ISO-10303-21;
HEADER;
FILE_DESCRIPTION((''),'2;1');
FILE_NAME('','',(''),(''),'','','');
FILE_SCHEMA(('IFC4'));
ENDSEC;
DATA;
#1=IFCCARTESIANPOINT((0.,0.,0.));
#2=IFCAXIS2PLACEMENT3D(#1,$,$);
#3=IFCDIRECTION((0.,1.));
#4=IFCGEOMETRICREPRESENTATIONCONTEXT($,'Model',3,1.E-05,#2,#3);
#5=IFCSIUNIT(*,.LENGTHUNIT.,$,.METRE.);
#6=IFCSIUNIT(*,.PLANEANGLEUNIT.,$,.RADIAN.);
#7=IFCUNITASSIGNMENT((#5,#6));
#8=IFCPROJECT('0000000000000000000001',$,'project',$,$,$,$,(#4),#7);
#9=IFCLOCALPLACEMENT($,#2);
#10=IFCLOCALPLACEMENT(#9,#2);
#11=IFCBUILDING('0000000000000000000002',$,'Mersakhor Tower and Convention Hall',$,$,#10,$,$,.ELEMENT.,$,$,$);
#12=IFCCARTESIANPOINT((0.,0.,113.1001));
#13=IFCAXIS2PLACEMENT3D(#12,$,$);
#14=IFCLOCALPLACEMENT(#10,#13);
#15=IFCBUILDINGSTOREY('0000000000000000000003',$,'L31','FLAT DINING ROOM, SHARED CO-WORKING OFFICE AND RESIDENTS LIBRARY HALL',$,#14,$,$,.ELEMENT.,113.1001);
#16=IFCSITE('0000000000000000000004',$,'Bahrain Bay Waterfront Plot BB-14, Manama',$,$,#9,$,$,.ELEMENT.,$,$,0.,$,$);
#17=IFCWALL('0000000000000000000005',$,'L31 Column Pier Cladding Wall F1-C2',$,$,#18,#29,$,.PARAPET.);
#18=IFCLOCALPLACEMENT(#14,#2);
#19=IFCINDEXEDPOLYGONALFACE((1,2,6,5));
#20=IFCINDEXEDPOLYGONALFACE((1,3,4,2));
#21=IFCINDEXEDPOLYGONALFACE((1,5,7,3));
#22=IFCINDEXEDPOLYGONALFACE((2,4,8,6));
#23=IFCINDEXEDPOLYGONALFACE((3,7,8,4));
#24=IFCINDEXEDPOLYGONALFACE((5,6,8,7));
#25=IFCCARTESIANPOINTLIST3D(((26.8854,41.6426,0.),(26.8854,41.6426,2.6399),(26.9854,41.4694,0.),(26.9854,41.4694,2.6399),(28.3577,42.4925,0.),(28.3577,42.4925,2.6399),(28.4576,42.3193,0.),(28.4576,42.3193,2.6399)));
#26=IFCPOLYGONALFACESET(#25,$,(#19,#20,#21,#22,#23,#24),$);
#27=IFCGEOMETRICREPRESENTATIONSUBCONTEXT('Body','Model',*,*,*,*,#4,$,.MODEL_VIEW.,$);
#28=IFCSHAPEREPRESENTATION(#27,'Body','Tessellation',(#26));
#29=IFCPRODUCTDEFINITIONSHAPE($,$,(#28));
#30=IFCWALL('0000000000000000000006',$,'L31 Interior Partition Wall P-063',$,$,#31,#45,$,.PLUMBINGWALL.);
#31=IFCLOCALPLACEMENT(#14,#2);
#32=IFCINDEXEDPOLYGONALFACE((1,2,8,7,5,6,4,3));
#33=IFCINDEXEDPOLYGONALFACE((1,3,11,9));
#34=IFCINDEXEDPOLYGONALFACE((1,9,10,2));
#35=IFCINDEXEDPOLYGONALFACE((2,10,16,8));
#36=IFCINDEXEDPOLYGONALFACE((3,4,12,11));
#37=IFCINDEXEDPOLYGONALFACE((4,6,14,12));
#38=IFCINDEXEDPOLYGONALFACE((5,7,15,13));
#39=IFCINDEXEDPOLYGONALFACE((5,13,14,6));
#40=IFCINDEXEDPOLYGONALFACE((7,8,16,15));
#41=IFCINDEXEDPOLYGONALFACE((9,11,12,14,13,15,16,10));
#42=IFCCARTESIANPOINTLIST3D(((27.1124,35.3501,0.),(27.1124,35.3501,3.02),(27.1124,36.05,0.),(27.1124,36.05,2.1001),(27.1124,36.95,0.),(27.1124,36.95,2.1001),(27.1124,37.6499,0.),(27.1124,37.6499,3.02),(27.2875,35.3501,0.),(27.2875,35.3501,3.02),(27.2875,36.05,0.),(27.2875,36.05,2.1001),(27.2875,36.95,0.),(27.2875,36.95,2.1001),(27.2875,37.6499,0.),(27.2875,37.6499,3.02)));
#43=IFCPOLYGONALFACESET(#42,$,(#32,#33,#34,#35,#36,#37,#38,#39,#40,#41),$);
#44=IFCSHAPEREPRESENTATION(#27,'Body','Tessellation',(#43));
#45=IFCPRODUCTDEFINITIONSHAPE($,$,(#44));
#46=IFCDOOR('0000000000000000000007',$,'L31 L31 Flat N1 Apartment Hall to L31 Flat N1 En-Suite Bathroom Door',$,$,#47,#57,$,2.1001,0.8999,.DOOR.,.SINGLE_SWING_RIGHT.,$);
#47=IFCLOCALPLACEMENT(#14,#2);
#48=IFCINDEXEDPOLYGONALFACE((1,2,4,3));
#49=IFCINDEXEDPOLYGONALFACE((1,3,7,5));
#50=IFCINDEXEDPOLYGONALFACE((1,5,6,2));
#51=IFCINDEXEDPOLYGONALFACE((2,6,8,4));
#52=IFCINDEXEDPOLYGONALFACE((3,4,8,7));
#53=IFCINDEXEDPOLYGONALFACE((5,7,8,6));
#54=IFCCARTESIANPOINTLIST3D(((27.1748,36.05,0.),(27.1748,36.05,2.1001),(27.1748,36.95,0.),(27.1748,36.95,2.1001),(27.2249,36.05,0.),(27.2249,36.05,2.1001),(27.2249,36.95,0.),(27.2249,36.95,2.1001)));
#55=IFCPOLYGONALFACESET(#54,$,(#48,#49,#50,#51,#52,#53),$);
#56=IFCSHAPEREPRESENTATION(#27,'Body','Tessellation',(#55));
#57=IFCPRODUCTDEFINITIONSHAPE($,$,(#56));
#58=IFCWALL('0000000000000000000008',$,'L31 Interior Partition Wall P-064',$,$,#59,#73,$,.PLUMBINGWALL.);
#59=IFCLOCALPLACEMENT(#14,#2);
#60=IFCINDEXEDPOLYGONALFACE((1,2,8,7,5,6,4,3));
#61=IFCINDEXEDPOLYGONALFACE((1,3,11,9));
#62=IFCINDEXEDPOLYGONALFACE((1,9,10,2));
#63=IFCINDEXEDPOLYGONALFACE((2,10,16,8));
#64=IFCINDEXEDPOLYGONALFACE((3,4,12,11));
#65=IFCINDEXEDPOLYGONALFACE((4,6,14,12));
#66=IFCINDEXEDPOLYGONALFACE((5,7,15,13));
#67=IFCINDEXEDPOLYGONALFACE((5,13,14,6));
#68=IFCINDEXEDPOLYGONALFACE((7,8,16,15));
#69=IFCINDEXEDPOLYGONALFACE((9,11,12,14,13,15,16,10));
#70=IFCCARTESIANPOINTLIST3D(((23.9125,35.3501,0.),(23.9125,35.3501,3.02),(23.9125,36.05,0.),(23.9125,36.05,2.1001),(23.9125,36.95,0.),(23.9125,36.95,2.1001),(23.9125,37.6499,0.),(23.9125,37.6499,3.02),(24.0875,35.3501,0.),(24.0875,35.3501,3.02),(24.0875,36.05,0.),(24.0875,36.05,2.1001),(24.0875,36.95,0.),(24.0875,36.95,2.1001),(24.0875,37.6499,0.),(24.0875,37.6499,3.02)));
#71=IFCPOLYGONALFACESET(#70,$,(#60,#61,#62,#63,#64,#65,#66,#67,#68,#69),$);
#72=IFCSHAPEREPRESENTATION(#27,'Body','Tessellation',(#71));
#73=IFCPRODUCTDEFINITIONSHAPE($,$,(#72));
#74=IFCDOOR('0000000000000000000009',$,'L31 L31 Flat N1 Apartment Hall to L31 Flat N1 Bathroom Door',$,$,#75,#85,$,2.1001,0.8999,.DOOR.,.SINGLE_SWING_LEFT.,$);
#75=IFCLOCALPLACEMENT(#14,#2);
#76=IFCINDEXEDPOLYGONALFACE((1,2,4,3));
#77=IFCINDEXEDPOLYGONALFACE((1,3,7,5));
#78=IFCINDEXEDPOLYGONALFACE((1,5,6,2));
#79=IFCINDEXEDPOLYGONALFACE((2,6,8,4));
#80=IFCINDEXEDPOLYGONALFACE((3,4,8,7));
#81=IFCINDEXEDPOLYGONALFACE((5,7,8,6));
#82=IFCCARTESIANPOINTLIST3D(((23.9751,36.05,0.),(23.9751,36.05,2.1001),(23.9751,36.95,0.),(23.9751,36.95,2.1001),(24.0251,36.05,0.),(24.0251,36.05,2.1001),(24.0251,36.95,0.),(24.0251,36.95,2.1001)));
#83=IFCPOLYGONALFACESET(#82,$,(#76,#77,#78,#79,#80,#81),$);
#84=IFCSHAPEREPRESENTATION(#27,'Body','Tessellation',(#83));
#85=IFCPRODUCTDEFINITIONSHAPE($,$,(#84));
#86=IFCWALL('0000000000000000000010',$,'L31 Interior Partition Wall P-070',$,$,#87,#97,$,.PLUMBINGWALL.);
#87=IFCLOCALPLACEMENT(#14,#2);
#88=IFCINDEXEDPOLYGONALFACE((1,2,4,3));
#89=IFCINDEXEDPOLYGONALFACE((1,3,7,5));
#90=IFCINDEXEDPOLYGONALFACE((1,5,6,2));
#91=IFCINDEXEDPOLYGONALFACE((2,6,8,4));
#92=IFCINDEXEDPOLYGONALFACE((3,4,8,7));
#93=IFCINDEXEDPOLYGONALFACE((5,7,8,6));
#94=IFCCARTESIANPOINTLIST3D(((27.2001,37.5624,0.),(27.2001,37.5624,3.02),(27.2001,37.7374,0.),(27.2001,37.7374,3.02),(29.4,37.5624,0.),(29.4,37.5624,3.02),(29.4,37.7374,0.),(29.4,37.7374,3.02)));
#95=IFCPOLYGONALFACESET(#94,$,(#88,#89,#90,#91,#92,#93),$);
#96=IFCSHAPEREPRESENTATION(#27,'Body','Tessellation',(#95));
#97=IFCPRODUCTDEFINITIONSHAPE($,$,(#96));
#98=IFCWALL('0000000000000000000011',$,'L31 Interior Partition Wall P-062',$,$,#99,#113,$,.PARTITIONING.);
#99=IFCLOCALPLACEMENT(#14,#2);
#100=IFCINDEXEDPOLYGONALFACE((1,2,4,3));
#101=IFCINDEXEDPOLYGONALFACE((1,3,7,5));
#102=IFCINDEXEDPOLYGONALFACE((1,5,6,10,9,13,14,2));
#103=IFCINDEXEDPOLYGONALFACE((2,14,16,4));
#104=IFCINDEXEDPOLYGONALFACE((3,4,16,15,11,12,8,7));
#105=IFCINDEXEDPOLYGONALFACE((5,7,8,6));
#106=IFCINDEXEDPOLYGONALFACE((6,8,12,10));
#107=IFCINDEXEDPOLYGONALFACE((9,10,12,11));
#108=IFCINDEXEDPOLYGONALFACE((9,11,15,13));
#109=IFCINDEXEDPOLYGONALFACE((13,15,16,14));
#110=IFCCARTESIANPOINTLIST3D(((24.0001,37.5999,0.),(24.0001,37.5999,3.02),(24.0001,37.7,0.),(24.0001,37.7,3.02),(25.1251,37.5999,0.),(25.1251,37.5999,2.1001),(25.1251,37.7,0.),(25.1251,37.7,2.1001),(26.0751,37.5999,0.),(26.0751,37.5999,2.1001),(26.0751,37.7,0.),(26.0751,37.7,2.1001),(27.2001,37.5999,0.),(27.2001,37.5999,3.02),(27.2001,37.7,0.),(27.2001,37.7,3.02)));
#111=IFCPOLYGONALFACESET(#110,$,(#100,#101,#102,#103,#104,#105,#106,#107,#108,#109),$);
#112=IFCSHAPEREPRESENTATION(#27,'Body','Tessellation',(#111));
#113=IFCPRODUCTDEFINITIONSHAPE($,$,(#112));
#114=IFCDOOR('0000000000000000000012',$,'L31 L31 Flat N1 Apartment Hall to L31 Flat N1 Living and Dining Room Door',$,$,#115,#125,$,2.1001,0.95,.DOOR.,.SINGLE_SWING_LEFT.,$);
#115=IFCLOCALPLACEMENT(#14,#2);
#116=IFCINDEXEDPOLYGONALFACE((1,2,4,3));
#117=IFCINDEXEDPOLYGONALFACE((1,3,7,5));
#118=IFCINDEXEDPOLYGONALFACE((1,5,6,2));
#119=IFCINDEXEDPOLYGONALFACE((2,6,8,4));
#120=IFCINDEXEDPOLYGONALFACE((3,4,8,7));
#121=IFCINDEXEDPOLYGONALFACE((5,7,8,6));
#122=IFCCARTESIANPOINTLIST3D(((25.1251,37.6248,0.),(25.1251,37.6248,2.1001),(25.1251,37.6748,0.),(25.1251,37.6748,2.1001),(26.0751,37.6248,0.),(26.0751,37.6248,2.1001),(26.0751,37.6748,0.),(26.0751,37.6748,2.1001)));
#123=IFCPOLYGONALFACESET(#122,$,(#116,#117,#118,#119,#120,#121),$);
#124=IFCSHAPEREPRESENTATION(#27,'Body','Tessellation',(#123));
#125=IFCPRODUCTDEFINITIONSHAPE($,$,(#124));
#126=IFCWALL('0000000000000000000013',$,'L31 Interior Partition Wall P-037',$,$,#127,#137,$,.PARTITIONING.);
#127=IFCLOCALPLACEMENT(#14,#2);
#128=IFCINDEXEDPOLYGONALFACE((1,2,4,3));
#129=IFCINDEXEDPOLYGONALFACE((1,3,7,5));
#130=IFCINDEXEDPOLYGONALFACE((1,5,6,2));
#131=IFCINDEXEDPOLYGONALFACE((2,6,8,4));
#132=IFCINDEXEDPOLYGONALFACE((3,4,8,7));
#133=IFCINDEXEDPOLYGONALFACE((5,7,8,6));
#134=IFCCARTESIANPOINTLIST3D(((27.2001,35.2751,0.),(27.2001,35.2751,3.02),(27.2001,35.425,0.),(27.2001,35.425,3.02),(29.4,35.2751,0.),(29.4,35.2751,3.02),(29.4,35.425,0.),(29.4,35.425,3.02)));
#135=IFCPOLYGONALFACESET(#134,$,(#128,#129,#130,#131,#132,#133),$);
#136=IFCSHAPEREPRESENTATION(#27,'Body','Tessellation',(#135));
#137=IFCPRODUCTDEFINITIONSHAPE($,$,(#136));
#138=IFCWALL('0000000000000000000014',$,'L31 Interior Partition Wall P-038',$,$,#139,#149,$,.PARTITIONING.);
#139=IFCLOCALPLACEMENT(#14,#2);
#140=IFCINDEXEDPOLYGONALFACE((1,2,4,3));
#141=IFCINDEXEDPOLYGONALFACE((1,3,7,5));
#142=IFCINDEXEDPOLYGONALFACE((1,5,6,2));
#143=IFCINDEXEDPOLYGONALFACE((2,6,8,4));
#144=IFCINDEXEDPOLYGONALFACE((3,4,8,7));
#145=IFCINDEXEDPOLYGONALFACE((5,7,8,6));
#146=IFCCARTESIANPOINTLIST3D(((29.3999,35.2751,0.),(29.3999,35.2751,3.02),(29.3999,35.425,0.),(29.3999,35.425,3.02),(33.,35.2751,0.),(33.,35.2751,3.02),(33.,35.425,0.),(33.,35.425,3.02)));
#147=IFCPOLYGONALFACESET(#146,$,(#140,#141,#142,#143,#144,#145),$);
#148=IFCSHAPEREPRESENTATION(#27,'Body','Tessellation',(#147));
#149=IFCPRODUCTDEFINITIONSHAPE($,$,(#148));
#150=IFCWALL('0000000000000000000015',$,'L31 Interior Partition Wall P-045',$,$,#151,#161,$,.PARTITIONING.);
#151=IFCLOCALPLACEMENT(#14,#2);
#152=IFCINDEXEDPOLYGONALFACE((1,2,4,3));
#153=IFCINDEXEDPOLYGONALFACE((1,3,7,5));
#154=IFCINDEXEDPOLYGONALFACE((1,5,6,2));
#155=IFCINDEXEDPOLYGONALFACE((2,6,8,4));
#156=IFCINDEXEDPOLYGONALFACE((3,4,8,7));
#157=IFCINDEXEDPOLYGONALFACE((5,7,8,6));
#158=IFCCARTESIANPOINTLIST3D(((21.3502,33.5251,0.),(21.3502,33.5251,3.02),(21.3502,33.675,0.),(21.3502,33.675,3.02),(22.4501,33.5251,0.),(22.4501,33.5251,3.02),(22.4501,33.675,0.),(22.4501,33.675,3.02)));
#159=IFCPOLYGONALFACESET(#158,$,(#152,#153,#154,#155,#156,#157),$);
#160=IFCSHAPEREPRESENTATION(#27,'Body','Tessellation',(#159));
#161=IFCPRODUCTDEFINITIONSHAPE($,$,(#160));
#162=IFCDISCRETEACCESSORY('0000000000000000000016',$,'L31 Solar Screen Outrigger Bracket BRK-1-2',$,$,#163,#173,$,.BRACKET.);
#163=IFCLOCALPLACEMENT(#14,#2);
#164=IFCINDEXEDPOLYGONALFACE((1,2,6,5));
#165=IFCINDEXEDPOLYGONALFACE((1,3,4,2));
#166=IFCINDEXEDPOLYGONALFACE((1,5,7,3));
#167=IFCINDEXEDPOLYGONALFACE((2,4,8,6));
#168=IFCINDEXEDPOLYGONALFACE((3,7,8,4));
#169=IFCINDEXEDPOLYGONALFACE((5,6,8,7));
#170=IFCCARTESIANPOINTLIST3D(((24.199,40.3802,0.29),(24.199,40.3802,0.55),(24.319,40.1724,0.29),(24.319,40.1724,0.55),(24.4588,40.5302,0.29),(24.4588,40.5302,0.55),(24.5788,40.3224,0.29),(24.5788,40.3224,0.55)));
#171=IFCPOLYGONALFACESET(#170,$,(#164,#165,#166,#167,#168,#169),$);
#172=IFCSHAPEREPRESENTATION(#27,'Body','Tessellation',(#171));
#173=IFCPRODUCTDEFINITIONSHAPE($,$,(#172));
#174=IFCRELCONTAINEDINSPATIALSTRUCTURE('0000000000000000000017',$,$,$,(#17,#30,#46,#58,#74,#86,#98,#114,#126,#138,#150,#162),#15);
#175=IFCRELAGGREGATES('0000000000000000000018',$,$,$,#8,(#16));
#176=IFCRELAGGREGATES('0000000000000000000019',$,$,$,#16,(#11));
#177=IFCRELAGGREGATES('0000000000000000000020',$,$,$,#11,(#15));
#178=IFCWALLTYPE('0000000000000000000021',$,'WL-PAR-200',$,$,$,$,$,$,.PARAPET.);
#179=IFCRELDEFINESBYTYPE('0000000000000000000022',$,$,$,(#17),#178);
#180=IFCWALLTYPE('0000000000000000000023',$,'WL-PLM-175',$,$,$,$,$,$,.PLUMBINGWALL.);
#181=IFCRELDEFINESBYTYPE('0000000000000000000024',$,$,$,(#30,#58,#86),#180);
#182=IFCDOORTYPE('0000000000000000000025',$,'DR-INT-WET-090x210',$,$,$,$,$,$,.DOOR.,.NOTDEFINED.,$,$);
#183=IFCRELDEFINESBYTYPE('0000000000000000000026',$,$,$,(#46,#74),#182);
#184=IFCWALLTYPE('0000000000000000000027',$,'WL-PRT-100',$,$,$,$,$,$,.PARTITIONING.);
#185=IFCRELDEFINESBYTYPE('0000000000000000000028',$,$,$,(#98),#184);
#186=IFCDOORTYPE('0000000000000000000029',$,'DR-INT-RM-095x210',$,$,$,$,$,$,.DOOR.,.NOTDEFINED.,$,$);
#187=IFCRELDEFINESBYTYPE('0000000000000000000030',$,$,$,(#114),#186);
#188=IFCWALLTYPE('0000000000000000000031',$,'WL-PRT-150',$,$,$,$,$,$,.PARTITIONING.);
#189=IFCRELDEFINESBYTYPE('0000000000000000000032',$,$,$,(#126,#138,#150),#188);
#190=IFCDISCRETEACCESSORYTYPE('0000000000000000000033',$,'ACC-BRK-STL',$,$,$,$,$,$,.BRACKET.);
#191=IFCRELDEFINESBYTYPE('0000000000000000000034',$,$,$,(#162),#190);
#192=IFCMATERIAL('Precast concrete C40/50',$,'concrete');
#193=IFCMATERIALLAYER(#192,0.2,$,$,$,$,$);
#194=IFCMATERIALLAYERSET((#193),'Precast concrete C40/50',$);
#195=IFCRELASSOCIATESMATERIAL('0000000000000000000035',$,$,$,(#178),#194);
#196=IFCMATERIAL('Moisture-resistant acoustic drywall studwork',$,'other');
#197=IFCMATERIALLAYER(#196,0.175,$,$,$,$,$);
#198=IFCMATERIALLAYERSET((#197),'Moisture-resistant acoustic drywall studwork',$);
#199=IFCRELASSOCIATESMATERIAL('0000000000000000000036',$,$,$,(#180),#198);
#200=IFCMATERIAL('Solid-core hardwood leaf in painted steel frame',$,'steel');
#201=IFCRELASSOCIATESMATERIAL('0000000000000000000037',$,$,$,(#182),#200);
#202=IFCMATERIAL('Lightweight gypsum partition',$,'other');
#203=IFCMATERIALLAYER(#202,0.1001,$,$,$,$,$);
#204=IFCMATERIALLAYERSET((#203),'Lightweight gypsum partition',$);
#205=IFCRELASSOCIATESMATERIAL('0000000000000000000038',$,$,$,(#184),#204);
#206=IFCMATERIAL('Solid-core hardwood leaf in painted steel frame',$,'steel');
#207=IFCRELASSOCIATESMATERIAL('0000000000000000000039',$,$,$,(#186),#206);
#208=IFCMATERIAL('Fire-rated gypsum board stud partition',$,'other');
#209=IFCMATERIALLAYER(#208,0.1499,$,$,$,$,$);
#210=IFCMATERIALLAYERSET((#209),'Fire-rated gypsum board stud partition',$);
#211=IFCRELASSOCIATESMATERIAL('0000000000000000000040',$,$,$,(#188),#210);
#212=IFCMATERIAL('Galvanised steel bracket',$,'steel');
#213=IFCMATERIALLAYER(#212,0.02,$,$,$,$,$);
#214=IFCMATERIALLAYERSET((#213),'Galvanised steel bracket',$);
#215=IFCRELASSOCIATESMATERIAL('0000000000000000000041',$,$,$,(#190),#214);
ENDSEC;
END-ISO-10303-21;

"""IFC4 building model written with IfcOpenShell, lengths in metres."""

from ifc_helpers import new_model, si_unit, direction, frame, frame_2d, origin, origin_2d, place, context, subcontext, project, spatial, rectangle, extrude, material, layer, layer_set, type_object, element, fill, save


model = new_model("IFC4")

# Units and contexts
model_context = context("Model", 3, precision=1e-05, world=origin(), true_north=direction((0.0, 1.0)))
body_context = subcontext(model_context, "Body", "Model", "MODEL_VIEW")
ifc_project = project(units=[si_unit("LENGTHUNIT", "METRE"), si_unit("PLANEANGLEUNIT", "RADIAN")], contexts=[model_context])

# Site, building, storey
site_placement = place(None, origin())
site = spatial("IfcSite", under=ifc_project, at=site_placement, Name="Bahrain Bay Waterfront Plot BB-14, Manama", CompositionType="ELEMENT", RefElevation=0.0)
building_placement = place(site_placement, origin())
building = spatial("IfcBuilding", under=site, at=building_placement, Name="Mersakhor Tower and Convention Hall", CompositionType="ELEMENT")
storey_placement = place(building_placement, frame((0.0, 0.0, 113.1001)))
storey = spatial("IfcBuildingStorey", under=building, at=storey_placement, Name="L31", Description="FLAT DINING ROOM, SHARED CO-WORKING OFFICE AND RESIDENTS LIBRARY HALL", CompositionType="ELEMENT", Elevation=113.1001)

# Wall
ifc_material_1 = material(Name="Precast concrete C40/50", Category="concrete")
ifc_layer_1 = layer(ifc_material_1, 0.2)
ifc_layer_set_1 = layer_set([ifc_layer_1], Name="Precast concrete C40/50")
wall_type_1 = type_object("IfcWallType", Name="WL-PAR-200", PredefinedType="PARAPET", material=ifc_layer_set_1)
wall_1_placement = place(storey_placement, frame((26.9353, 41.5559, 0.0), z_axis=(0.0, 0.0, 1.0), x_axis=(0.866052, 0.499955, 0.0)))
element("IfcWall", 1, at=wall_1_placement, inside=storey, type_object=wall_type_1, Name="L31 Column Pier Cladding Wall F1-C2", PredefinedType="PARAPET", context=body_context, shape_type="SweptSolid", body=[
    extrude(rectangle(XDim=1.7, YDim=0.2, at=frame_2d((0.8501, 0.0))), origin(), (0.0, 0.0, 1.0), 2.6399),
])

# Walls, openings, doors
ifc_material_2 = material(Name="Moisture-resistant acoustic drywall studwork", Category="other")
ifc_layer_2 = layer(ifc_material_2, 0.175)
ifc_layer_set_2 = layer_set([ifc_layer_2], Name="Moisture-resistant acoustic drywall studwork")
wall_type_2 = type_object("IfcWallType", Name="WL-PLM-175", PredefinedType="PLUMBINGWALL", material=ifc_layer_set_2)
wall_2_placement = place(storey_placement, frame((27.2, 37.6499, 0.0), z_axis=(0.0, 0.0, 1.0), x_axis=(0.0, -1.0, 0.0)))
wall_2 = element("IfcWall", 2, at=wall_2_placement, inside=storey, type_object=wall_type_2, Name="L31 Interior Partition Wall P-063", PredefinedType="PLUMBINGWALL", context=body_context, shape_type="SweptSolid", body=[
    extrude(rectangle(XDim=2.2998, YDim=0.175, at=frame_2d((1.1499, 0.0))), origin(), (0.0, 0.0, 1.0), 3.02),
])
opening_1_placement = place(wall_2_placement, frame((0.7, 0.0, 0.0)))
opening_1 = element("IfcOpeningElement", 3, at=opening_1_placement, cuts=wall_2, PredefinedType="OPENING", context=body_context, shape_type="SweptSolid", body=[
    extrude(rectangle(XDim=0.8999, YDim=2.1001, at=frame_2d((0.45, 1.05))), frame((0.0, 0.0974, 0.0), z_axis=(0.0, -1.0, 0.0), x_axis=(1.0, 0.0, 0.0)), (0.0, 0.0, 1.0), 0.1951),
])
ifc_material_3 = material(Name="Solid-core hardwood leaf in painted steel frame", Category="steel")
door_type_1 = type_object("IfcDoorType", Name="DR-INT-WET-090x210", OperationType="NOTDEFINED", PredefinedType="DOOR", material=ifc_material_3)
door_1_placement = place(opening_1_placement, origin())
door_1 = element("IfcDoor", 4, at=door_1_placement, inside=storey, type_object=door_type_1, Name="L31 L31 Flat N1 Apartment Hall to L31 Flat N1 En-Suite Bathroom Door", OperationType="SINGLE_SWING_RIGHT", OverallHeight=2.1001, OverallWidth=0.8999, PredefinedType="DOOR", context=body_context, shape_type="SweptSolid", body=[
    extrude(rectangle(XDim=0.8999, YDim=2.1001, at=frame_2d((0.45, 1.05))), frame((0.0, 0.0249, 0.0), z_axis=(0.0, -1.0, 0.0), x_axis=(1.0, 0.0, 0.0)), (0.0, 0.0, 1.0), 0.05),
])
fill(opening_1, door_1)
wall_3_placement = place(storey_placement, frame((24.0, 35.3501, 0.0), z_axis=(0.0, 0.0, 1.0), x_axis=(0.0, 1.0, 0.0)))
wall_3 = element("IfcWall", 5, at=wall_3_placement, inside=storey, type_object=wall_type_2, Name="L31 Interior Partition Wall P-064", PredefinedType="PLUMBINGWALL", context=body_context, shape_type="SweptSolid", body=[
    extrude(rectangle(XDim=2.2998, YDim=0.175, at=frame_2d((1.1499, 0.0))), origin(), (0.0, 0.0, 1.0), 3.02),
])
opening_2_placement = place(wall_3_placement, frame((0.7, 0.0, 0.0)))
opening_2 = element("IfcOpeningElement", 6, at=opening_2_placement, cuts=wall_3, PredefinedType="OPENING", context=body_context, shape_type="SweptSolid", body=[
    extrude(rectangle(XDim=0.8999, YDim=2.1001, at=frame_2d((0.45, 1.05))), frame((0.0, 0.0974, 0.0), z_axis=(0.0, -1.0, 0.0), x_axis=(1.0, 0.0, 0.0)), (0.0, 0.0, 1.0), 0.1951),
])
door_2_placement = place(opening_2_placement, origin())
door_2 = element("IfcDoor", 7, at=door_2_placement, inside=storey, type_object=door_type_1, Name="L31 L31 Flat N1 Apartment Hall to L31 Flat N1 Bathroom Door", OperationType="SINGLE_SWING_LEFT", OverallHeight=2.1001, OverallWidth=0.8999, PredefinedType="DOOR", context=body_context, shape_type="SweptSolid", body=[
    extrude(rectangle(XDim=0.8999, YDim=2.1001, at=frame_2d((0.45, 1.05))), frame((0.0, 0.0249, 0.0), z_axis=(0.0, -1.0, 0.0), x_axis=(1.0, 0.0, 0.0)), (0.0, 0.0, 1.0), 0.05),
])
fill(opening_2, door_2)

# Wall
wall_4_placement = place(storey_placement, frame((27.2, 37.6499, 0.0), z_axis=(0.0, 0.0, 1.0), x_axis=(1.0, 0.0, 0.0)))
element("IfcWall", 8, at=wall_4_placement, inside=storey, type_object=wall_type_2, Name="L31 Interior Partition Wall P-070", PredefinedType="PLUMBINGWALL", context=body_context, shape_type="SweptSolid", body=[
    extrude(rectangle(XDim=2.2, YDim=0.175, at=frame_2d((1.1001, 0.0))), origin(), (0.0, 0.0, 1.0), 3.02),
])

# Wall, opening, door
ifc_material_4 = material(Name="Lightweight gypsum partition", Category="other")
ifc_layer_3 = layer(ifc_material_4, 0.1001)
ifc_layer_set_3 = layer_set([ifc_layer_3], Name="Lightweight gypsum partition")
wall_type_3 = type_object("IfcWallType", Name="WL-PRT-100", PredefinedType="PARTITIONING", material=ifc_layer_set_3)
wall_5_placement = place(storey_placement, frame((24.0, 37.6499, 0.0), z_axis=(0.0, 0.0, 1.0), x_axis=(1.0, 0.0, 0.0)))
wall_5 = element("IfcWall", 9, at=wall_5_placement, inside=storey, type_object=wall_type_3, Name="L31 Interior Partition Wall P-062", PredefinedType="PARTITIONING", context=body_context, shape_type="SweptSolid", body=[
    extrude(rectangle(XDim=3.2, YDim=0.1001, at=frame_2d((1.6001, 0.0))), origin(), (0.0, 0.0, 1.0), 3.02),
])
opening_3_placement = place(wall_5_placement, frame((1.125, 0.0, 0.0)))
opening_3 = element("IfcOpeningElement", 10, at=opening_3_placement, cuts=wall_5, PredefinedType="OPENING", context=body_context, shape_type="SweptSolid", body=[
    extrude(rectangle(XDim=0.95, YDim=2.1001, at=frame_2d((0.4751, 1.05))), frame((0.0, 0.0601, 0.0), z_axis=(0.0, -1.0, 0.0), x_axis=(1.0, 0.0, 0.0)), (0.0, 0.0, 1.0), 0.1201),
])
ifc_material_5 = material(Name="Solid-core hardwood leaf in painted steel frame", Category="steel")
door_type_2 = type_object("IfcDoorType", Name="DR-INT-RM-095x210", OperationType="NOTDEFINED", PredefinedType="DOOR", material=ifc_material_5)
door_3_placement = place(opening_3_placement, origin())
door_3 = element("IfcDoor", 11, at=door_3_placement, inside=storey, type_object=door_type_2, Name="L31 L31 Flat N1 Apartment Hall to L31 Flat N1 Living and Dining Room Door", OperationType="SINGLE_SWING_LEFT", OverallHeight=2.1001, OverallWidth=0.95, PredefinedType="DOOR", context=body_context, shape_type="SweptSolid", body=[
    extrude(rectangle(XDim=0.95, YDim=2.1001, at=frame_2d((0.4751, 1.05))), frame((0.0, 0.0249, 0.0), z_axis=(0.0, -1.0, 0.0), x_axis=(1.0, 0.0, 0.0)), (0.0, 0.0, 1.0), 0.05),
])
fill(opening_3, door_3)
ifc_material_6 = material(Name="Fire-rated gypsum board stud partition", Category="other")
ifc_layer_4 = layer(ifc_material_6, 0.1499)
ifc_layer_set_4 = layer_set([ifc_layer_4], Name="Fire-rated gypsum board stud partition")
wall_type_4 = type_object("IfcWallType", Name="WL-PRT-150", PredefinedType="PARTITIONING", material=ifc_layer_set_4)

# Walls
wall_6_placement = place(storey_placement, frame((27.2, 35.3501, 0.0), z_axis=(0.0, 0.0, 1.0), x_axis=(1.0, 0.0, 0.0)))
element("IfcWall", 12, at=wall_6_placement, inside=storey, type_object=wall_type_4, Name="L31 Interior Partition Wall P-037", PredefinedType="PARTITIONING", context=body_context, shape_type="SweptSolid", body=[
    extrude(rectangle(XDim=2.2, YDim=0.1499, at=frame_2d((1.1001, 0.0))), origin(), (0.0, 0.0, 1.0), 3.02),
])
wall_7_placement = place(storey_placement, frame((29.3999, 35.3501, 0.0), z_axis=(0.0, 0.0, 1.0), x_axis=(1.0, 0.0, 0.0)))
element("IfcWall", 13, at=wall_7_placement, inside=storey, type_object=wall_type_4, Name="L31 Interior Partition Wall P-038", PredefinedType="PARTITIONING", context=body_context, shape_type="SweptSolid", body=[
    extrude(rectangle(XDim=3.6001, YDim=0.1499, at=frame_2d((1.8, 0.0))), origin(), (0.0, 0.0, 1.0), 3.02),
])
wall_8_placement = place(storey_placement, frame((22.45, 33.6001, 0.0), z_axis=(0.0, 0.0, 1.0), x_axis=(-1.0, 0.0, 0.0)))
element("IfcWall", 14, at=wall_8_placement, inside=storey, type_object=wall_type_4, Name="L31 Interior Partition Wall P-045", PredefinedType="PARTITIONING", context=body_context, shape_type="SweptSolid", body=[
    extrude(rectangle(XDim=1.0999, YDim=0.1499, at=frame_2d((0.5498, 0.0))), origin(), (0.0, 0.0, 1.0), 3.02),
])

# Discrete accessory
ifc_material_7 = material(Name="Galvanised steel bracket", Category="steel")
ifc_layer_5 = layer(ifc_material_7, 0.02)
ifc_layer_set_5 = layer_set([ifc_layer_5], Name="Galvanised steel bracket")
discrete_accessory_type = type_object("IfcDiscreteAccessoryType", Name="ACC-BRK-STL", PredefinedType="BRACKET", material=ifc_layer_set_5)
discrete_accessory_1_placement = place(storey_placement, frame((24.3889, 40.3513, 0.29), z_axis=(0.0, 0.0, 1.0), x_axis=(0.866025, 0.5, 0.0)))
element("IfcDiscreteAccessory", 15, at=discrete_accessory_1_placement, inside=storey, type_object=discrete_accessory_type, Name="L31 Solar Screen Outrigger Bracket BRK-1-2", PredefinedType="BRACKET", context=body_context, shape_type="SweptSolid", body=[
    extrude(rectangle(XDim=0.3, YDim=0.24, at=origin_2d()), origin(), (0.0, 0.0, 1.0), 0.26),
])

save(model, "model.ifc")
